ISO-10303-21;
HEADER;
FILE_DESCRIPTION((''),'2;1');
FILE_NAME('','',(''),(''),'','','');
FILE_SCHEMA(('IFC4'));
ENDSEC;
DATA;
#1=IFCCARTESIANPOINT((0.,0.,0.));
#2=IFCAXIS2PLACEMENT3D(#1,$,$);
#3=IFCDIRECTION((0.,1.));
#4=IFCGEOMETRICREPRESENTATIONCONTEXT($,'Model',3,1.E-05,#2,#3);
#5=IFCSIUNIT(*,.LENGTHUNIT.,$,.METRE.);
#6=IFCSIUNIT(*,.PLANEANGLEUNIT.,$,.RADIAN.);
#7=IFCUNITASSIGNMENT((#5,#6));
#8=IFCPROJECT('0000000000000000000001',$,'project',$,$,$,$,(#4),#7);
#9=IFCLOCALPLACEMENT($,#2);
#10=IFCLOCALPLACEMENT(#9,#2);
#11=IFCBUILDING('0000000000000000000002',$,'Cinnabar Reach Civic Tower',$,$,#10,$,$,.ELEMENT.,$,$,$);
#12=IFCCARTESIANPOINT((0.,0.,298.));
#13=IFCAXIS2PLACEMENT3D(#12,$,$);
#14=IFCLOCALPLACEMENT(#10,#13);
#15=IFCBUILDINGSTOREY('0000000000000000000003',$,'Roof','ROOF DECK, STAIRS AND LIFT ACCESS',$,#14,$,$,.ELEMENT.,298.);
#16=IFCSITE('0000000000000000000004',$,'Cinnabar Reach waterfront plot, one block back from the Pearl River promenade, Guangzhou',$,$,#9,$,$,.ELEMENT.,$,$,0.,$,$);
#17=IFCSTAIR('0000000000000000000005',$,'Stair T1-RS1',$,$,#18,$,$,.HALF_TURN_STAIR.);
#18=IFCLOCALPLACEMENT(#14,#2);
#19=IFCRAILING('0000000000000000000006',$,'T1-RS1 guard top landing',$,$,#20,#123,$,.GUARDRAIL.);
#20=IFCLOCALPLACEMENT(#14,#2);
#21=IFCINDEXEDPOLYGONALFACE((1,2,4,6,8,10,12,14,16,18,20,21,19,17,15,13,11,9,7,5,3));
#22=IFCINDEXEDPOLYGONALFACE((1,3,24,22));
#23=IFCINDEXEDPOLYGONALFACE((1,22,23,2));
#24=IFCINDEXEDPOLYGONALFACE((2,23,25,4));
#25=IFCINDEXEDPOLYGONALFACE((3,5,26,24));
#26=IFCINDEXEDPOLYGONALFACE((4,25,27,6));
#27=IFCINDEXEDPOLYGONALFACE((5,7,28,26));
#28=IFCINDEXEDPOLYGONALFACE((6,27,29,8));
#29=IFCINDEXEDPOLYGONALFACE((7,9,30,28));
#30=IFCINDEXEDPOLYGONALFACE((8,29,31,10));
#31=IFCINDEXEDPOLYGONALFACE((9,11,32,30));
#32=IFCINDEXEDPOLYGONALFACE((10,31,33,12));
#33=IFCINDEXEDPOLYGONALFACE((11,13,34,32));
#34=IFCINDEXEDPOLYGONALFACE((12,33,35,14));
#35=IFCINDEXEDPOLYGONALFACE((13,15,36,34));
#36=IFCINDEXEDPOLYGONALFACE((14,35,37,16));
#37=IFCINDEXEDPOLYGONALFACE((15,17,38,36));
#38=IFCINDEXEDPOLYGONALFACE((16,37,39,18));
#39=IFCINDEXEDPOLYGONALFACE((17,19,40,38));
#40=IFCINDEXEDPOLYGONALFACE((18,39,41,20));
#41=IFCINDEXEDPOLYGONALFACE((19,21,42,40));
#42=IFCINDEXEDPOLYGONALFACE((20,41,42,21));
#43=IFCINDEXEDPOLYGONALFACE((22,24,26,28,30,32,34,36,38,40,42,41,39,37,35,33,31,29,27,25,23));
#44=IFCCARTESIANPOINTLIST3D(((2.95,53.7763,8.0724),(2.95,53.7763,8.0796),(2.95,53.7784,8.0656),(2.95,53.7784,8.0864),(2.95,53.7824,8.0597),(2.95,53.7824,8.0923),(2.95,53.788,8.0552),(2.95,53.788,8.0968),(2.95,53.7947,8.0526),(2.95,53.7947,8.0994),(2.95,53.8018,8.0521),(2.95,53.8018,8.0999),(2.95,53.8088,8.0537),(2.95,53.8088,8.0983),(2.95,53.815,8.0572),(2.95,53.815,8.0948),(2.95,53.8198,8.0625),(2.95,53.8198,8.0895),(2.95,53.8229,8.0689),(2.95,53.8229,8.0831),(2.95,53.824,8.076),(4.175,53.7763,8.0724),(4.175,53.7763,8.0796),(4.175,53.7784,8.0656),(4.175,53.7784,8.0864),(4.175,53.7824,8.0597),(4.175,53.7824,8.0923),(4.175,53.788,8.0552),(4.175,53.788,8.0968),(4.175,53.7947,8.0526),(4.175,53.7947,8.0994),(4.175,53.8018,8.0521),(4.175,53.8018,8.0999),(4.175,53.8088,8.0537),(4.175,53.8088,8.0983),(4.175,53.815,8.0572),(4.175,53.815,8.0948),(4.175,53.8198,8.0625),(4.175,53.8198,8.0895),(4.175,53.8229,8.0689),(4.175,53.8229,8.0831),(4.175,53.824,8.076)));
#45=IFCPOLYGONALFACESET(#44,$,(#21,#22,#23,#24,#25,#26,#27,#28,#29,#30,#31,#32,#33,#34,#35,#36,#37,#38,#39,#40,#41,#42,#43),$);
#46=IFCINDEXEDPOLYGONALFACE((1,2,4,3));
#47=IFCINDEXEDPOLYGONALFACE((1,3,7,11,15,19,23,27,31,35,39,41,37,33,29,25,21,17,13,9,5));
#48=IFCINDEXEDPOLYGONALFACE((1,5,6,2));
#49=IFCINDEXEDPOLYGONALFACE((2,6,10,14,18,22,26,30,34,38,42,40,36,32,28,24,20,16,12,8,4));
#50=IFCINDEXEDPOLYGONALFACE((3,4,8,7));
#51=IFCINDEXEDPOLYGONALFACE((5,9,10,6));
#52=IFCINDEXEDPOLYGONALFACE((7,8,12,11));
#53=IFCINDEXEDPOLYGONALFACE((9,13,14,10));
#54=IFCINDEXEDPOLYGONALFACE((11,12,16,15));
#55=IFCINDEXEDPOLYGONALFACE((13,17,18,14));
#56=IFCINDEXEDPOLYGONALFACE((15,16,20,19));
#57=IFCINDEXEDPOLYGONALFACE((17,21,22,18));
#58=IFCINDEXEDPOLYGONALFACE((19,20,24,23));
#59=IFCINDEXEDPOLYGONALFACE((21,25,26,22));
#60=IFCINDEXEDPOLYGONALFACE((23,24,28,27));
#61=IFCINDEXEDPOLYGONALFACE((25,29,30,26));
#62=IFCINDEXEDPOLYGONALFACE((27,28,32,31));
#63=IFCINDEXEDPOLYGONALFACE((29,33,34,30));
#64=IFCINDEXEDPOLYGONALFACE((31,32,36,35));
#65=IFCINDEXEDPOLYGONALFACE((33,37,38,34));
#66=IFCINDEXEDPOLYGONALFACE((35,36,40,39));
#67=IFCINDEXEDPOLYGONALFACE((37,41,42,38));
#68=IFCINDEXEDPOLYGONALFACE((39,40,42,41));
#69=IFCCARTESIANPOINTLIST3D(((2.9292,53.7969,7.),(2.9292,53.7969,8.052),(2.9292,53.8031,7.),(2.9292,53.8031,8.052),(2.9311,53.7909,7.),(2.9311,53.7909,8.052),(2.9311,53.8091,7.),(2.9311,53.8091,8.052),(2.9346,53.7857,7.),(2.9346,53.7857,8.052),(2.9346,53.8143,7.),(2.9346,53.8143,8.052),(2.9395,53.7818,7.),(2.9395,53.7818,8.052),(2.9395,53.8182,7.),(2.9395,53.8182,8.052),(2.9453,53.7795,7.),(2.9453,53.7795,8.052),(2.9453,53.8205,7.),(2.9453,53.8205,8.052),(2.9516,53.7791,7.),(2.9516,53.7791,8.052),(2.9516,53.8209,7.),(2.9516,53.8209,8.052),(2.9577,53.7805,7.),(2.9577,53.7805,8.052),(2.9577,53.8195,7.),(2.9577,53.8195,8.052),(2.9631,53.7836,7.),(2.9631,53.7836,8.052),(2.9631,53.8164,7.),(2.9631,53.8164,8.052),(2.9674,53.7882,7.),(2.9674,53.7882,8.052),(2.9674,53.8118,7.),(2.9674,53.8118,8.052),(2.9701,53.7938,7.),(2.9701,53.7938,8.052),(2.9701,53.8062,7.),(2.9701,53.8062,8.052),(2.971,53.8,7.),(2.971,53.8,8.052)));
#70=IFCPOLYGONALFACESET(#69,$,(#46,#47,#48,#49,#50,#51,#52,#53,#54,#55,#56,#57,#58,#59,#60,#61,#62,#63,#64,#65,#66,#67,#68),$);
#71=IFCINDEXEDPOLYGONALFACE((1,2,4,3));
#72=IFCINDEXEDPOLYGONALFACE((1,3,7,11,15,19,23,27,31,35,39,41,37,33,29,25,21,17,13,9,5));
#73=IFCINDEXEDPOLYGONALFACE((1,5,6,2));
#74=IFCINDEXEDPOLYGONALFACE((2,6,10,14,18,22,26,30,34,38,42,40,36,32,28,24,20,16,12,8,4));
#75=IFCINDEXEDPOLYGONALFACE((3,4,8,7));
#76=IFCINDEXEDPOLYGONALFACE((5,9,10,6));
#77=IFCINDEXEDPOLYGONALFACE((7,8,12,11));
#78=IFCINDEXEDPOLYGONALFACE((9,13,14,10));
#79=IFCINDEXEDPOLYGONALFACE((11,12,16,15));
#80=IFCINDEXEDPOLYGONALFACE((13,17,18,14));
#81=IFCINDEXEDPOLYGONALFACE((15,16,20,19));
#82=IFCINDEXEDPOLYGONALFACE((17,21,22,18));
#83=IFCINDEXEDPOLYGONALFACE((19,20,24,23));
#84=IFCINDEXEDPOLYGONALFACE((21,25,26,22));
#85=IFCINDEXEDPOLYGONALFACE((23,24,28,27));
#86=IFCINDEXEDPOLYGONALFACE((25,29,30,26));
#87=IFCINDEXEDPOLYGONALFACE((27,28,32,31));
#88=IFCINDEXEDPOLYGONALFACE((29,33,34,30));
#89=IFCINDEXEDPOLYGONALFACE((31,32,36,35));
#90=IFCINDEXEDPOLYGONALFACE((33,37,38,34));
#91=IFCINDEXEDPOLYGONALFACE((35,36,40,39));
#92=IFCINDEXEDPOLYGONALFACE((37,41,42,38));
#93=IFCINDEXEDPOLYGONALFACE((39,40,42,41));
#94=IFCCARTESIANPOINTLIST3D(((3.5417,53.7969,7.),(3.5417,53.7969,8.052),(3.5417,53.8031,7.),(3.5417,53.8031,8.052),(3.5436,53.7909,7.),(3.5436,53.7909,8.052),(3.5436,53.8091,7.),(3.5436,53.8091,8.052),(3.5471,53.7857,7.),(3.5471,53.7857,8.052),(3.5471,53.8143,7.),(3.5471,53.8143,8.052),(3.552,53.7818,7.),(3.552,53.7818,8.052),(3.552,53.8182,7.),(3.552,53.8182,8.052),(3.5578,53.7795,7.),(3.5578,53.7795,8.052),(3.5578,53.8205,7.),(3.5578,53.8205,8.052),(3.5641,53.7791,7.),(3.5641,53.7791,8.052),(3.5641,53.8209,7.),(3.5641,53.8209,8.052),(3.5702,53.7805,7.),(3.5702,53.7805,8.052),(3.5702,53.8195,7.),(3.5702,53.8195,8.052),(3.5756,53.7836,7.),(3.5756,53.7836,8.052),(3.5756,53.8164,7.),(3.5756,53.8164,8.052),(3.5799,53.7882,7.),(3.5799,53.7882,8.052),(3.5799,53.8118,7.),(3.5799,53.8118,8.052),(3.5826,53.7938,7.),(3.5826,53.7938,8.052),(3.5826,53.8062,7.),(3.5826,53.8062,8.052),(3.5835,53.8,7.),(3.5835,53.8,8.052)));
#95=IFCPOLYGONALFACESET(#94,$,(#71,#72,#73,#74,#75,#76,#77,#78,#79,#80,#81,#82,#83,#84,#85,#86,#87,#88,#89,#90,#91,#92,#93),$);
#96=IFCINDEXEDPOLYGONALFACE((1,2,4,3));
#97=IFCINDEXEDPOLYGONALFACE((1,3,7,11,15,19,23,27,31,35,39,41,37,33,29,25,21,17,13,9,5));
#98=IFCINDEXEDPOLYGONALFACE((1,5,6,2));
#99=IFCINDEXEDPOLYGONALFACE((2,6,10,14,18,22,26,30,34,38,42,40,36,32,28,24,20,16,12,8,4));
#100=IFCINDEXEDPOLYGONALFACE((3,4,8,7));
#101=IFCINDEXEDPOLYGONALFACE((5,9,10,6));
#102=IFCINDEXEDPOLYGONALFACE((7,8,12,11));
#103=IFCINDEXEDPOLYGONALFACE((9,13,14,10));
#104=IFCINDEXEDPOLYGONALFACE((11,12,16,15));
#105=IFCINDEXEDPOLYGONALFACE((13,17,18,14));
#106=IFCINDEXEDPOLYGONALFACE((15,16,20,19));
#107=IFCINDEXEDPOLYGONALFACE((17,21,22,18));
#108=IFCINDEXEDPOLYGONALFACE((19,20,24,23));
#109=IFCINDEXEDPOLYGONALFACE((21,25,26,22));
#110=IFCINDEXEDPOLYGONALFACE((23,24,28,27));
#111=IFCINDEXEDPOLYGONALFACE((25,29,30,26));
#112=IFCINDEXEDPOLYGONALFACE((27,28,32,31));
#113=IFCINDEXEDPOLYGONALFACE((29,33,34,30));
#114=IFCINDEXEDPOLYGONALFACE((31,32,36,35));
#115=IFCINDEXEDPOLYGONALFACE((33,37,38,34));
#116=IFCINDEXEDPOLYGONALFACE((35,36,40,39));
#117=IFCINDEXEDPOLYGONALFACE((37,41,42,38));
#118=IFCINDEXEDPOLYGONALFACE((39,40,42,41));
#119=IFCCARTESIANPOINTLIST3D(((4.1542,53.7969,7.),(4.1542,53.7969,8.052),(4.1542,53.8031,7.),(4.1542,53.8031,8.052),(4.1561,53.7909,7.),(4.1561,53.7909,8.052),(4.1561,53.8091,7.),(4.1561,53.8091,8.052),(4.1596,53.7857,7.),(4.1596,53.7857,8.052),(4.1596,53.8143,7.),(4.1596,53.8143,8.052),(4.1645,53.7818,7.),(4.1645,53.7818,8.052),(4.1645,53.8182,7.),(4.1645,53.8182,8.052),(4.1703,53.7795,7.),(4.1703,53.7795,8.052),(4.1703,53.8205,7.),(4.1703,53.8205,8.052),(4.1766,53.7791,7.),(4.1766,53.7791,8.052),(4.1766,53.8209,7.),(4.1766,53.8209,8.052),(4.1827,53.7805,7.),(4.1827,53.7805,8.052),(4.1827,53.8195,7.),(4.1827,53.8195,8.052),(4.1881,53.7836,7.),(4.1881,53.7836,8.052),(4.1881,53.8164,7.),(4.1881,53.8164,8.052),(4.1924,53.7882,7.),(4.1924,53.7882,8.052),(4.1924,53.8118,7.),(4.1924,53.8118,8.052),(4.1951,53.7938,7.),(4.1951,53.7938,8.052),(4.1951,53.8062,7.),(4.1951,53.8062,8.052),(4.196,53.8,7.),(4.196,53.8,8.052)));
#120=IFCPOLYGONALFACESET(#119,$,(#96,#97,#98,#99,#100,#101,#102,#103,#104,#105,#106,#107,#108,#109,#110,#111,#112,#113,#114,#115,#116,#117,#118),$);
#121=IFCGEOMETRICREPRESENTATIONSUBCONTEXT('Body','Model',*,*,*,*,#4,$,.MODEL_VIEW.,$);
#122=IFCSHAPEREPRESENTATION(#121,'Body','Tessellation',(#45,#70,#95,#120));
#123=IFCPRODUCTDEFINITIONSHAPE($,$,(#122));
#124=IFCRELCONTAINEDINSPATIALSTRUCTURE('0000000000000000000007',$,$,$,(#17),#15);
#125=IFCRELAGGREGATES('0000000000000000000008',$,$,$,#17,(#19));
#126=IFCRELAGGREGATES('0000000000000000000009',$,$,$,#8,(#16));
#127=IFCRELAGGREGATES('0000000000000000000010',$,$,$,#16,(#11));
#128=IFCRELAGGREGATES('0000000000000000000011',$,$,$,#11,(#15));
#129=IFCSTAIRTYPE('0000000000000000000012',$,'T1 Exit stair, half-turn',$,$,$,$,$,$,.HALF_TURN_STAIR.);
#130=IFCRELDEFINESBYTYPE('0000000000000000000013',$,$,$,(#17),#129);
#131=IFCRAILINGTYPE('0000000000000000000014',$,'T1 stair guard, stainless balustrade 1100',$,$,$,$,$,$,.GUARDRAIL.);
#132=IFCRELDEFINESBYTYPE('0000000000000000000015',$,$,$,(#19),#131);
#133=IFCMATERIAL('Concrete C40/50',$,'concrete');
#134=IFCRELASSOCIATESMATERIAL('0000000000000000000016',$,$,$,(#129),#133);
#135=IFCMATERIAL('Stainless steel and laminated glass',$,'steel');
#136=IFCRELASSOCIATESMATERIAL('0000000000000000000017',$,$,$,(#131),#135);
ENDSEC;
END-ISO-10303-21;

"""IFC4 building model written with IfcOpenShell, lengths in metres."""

from ifc_helpers import new_model, si_unit, direction, frame, origin, origin_2d, place, context, subcontext, project, spatial, circle, extrude, material, type_object, element, aggregate, save


model = new_model("IFC4")

# Units and contexts
model_context = context("Model", 3, precision=1e-05, world=origin(), true_north=direction((0.0, 1.0)))
body_context = subcontext(model_context, "Body", "Model", "MODEL_VIEW")
ifc_project = project(units=[si_unit("LENGTHUNIT", "METRE"), si_unit("PLANEANGLEUNIT", "RADIAN")], contexts=[model_context])

# Site, building, storey
site_placement = place(None, origin())
site = spatial("IfcSite", under=ifc_project, at=site_placement, Name="Cinnabar Reach waterfront plot, one block back from the Pearl River promenade, Guangzhou", CompositionType="ELEMENT", RefElevation=0.0)
building_placement = place(site_placement, origin())
building = spatial("IfcBuilding", under=site, at=building_placement, Name="Cinnabar Reach Civic Tower", CompositionType="ELEMENT")
storey_placement = place(building_placement, frame((0.0, 0.0, 298.0)))
storey = spatial("IfcBuildingStorey", under=building, at=storey_placement, Name="Roof", Description="ROOF DECK, STAIRS AND LIFT ACCESS", CompositionType="ELEMENT", Elevation=298.0)

# Shared definitions
ifc_material_1 = material(Name="Concrete C40/50", Category="concrete")

# Stair
stair_type = type_object("IfcStairType", Name="T1 Exit stair, half-turn", PredefinedType="HALF_TURN_STAIR", material=ifc_material_1)
stair_placement = place(storey_placement, origin())
stair = element("IfcStair", 1, at=stair_placement, inside=storey, type_object=stair_type, Name="Stair T1-RS1", PredefinedType="HALF_TURN_STAIR")

# Railing
ifc_material_2 = material(Name="Stainless steel and laminated glass", Category="steel")
railing_type_1 = type_object("IfcRailingType", Name="T1 stair guard, stainless balustrade 1100", PredefinedType="GUARDRAIL", material=ifc_material_2)
railing_1_placement = place(storey_placement, frame((2.95, 53.8, 7.0)))
railing_1 = element("IfcRailing", 2, at=railing_1_placement, type_object=railing_type_1, Name="T1-RS1 guard top landing", PredefinedType="GUARDRAIL", context=body_context, shape_type="SweptSolid", body=[
    extrude(circle(Radius=0.024, at=origin_2d()), frame((0.0, 0.0, 1.076), z_axis=(1.0, 0.0, 0.0), x_axis=(0.0, 1.0, 0.0)), (0.0, 0.0, 1.0), 1.225),
    extrude(circle(Radius=0.021, at=origin_2d()), origin(), (0.0, 0.0, 1.0), 1.052),
    extrude(circle(Radius=0.021, at=origin_2d()), frame((0.6125, 0.0, 0.0)), (0.0, 0.0, 1.0), 1.052),
    extrude(circle(Radius=0.021, at=origin_2d()), frame((1.225, 0.0, 0.0)), (0.0, 0.0, 1.0), 1.052),
])
aggregate(stair, [railing_1])

save(model, "model.ifc")
